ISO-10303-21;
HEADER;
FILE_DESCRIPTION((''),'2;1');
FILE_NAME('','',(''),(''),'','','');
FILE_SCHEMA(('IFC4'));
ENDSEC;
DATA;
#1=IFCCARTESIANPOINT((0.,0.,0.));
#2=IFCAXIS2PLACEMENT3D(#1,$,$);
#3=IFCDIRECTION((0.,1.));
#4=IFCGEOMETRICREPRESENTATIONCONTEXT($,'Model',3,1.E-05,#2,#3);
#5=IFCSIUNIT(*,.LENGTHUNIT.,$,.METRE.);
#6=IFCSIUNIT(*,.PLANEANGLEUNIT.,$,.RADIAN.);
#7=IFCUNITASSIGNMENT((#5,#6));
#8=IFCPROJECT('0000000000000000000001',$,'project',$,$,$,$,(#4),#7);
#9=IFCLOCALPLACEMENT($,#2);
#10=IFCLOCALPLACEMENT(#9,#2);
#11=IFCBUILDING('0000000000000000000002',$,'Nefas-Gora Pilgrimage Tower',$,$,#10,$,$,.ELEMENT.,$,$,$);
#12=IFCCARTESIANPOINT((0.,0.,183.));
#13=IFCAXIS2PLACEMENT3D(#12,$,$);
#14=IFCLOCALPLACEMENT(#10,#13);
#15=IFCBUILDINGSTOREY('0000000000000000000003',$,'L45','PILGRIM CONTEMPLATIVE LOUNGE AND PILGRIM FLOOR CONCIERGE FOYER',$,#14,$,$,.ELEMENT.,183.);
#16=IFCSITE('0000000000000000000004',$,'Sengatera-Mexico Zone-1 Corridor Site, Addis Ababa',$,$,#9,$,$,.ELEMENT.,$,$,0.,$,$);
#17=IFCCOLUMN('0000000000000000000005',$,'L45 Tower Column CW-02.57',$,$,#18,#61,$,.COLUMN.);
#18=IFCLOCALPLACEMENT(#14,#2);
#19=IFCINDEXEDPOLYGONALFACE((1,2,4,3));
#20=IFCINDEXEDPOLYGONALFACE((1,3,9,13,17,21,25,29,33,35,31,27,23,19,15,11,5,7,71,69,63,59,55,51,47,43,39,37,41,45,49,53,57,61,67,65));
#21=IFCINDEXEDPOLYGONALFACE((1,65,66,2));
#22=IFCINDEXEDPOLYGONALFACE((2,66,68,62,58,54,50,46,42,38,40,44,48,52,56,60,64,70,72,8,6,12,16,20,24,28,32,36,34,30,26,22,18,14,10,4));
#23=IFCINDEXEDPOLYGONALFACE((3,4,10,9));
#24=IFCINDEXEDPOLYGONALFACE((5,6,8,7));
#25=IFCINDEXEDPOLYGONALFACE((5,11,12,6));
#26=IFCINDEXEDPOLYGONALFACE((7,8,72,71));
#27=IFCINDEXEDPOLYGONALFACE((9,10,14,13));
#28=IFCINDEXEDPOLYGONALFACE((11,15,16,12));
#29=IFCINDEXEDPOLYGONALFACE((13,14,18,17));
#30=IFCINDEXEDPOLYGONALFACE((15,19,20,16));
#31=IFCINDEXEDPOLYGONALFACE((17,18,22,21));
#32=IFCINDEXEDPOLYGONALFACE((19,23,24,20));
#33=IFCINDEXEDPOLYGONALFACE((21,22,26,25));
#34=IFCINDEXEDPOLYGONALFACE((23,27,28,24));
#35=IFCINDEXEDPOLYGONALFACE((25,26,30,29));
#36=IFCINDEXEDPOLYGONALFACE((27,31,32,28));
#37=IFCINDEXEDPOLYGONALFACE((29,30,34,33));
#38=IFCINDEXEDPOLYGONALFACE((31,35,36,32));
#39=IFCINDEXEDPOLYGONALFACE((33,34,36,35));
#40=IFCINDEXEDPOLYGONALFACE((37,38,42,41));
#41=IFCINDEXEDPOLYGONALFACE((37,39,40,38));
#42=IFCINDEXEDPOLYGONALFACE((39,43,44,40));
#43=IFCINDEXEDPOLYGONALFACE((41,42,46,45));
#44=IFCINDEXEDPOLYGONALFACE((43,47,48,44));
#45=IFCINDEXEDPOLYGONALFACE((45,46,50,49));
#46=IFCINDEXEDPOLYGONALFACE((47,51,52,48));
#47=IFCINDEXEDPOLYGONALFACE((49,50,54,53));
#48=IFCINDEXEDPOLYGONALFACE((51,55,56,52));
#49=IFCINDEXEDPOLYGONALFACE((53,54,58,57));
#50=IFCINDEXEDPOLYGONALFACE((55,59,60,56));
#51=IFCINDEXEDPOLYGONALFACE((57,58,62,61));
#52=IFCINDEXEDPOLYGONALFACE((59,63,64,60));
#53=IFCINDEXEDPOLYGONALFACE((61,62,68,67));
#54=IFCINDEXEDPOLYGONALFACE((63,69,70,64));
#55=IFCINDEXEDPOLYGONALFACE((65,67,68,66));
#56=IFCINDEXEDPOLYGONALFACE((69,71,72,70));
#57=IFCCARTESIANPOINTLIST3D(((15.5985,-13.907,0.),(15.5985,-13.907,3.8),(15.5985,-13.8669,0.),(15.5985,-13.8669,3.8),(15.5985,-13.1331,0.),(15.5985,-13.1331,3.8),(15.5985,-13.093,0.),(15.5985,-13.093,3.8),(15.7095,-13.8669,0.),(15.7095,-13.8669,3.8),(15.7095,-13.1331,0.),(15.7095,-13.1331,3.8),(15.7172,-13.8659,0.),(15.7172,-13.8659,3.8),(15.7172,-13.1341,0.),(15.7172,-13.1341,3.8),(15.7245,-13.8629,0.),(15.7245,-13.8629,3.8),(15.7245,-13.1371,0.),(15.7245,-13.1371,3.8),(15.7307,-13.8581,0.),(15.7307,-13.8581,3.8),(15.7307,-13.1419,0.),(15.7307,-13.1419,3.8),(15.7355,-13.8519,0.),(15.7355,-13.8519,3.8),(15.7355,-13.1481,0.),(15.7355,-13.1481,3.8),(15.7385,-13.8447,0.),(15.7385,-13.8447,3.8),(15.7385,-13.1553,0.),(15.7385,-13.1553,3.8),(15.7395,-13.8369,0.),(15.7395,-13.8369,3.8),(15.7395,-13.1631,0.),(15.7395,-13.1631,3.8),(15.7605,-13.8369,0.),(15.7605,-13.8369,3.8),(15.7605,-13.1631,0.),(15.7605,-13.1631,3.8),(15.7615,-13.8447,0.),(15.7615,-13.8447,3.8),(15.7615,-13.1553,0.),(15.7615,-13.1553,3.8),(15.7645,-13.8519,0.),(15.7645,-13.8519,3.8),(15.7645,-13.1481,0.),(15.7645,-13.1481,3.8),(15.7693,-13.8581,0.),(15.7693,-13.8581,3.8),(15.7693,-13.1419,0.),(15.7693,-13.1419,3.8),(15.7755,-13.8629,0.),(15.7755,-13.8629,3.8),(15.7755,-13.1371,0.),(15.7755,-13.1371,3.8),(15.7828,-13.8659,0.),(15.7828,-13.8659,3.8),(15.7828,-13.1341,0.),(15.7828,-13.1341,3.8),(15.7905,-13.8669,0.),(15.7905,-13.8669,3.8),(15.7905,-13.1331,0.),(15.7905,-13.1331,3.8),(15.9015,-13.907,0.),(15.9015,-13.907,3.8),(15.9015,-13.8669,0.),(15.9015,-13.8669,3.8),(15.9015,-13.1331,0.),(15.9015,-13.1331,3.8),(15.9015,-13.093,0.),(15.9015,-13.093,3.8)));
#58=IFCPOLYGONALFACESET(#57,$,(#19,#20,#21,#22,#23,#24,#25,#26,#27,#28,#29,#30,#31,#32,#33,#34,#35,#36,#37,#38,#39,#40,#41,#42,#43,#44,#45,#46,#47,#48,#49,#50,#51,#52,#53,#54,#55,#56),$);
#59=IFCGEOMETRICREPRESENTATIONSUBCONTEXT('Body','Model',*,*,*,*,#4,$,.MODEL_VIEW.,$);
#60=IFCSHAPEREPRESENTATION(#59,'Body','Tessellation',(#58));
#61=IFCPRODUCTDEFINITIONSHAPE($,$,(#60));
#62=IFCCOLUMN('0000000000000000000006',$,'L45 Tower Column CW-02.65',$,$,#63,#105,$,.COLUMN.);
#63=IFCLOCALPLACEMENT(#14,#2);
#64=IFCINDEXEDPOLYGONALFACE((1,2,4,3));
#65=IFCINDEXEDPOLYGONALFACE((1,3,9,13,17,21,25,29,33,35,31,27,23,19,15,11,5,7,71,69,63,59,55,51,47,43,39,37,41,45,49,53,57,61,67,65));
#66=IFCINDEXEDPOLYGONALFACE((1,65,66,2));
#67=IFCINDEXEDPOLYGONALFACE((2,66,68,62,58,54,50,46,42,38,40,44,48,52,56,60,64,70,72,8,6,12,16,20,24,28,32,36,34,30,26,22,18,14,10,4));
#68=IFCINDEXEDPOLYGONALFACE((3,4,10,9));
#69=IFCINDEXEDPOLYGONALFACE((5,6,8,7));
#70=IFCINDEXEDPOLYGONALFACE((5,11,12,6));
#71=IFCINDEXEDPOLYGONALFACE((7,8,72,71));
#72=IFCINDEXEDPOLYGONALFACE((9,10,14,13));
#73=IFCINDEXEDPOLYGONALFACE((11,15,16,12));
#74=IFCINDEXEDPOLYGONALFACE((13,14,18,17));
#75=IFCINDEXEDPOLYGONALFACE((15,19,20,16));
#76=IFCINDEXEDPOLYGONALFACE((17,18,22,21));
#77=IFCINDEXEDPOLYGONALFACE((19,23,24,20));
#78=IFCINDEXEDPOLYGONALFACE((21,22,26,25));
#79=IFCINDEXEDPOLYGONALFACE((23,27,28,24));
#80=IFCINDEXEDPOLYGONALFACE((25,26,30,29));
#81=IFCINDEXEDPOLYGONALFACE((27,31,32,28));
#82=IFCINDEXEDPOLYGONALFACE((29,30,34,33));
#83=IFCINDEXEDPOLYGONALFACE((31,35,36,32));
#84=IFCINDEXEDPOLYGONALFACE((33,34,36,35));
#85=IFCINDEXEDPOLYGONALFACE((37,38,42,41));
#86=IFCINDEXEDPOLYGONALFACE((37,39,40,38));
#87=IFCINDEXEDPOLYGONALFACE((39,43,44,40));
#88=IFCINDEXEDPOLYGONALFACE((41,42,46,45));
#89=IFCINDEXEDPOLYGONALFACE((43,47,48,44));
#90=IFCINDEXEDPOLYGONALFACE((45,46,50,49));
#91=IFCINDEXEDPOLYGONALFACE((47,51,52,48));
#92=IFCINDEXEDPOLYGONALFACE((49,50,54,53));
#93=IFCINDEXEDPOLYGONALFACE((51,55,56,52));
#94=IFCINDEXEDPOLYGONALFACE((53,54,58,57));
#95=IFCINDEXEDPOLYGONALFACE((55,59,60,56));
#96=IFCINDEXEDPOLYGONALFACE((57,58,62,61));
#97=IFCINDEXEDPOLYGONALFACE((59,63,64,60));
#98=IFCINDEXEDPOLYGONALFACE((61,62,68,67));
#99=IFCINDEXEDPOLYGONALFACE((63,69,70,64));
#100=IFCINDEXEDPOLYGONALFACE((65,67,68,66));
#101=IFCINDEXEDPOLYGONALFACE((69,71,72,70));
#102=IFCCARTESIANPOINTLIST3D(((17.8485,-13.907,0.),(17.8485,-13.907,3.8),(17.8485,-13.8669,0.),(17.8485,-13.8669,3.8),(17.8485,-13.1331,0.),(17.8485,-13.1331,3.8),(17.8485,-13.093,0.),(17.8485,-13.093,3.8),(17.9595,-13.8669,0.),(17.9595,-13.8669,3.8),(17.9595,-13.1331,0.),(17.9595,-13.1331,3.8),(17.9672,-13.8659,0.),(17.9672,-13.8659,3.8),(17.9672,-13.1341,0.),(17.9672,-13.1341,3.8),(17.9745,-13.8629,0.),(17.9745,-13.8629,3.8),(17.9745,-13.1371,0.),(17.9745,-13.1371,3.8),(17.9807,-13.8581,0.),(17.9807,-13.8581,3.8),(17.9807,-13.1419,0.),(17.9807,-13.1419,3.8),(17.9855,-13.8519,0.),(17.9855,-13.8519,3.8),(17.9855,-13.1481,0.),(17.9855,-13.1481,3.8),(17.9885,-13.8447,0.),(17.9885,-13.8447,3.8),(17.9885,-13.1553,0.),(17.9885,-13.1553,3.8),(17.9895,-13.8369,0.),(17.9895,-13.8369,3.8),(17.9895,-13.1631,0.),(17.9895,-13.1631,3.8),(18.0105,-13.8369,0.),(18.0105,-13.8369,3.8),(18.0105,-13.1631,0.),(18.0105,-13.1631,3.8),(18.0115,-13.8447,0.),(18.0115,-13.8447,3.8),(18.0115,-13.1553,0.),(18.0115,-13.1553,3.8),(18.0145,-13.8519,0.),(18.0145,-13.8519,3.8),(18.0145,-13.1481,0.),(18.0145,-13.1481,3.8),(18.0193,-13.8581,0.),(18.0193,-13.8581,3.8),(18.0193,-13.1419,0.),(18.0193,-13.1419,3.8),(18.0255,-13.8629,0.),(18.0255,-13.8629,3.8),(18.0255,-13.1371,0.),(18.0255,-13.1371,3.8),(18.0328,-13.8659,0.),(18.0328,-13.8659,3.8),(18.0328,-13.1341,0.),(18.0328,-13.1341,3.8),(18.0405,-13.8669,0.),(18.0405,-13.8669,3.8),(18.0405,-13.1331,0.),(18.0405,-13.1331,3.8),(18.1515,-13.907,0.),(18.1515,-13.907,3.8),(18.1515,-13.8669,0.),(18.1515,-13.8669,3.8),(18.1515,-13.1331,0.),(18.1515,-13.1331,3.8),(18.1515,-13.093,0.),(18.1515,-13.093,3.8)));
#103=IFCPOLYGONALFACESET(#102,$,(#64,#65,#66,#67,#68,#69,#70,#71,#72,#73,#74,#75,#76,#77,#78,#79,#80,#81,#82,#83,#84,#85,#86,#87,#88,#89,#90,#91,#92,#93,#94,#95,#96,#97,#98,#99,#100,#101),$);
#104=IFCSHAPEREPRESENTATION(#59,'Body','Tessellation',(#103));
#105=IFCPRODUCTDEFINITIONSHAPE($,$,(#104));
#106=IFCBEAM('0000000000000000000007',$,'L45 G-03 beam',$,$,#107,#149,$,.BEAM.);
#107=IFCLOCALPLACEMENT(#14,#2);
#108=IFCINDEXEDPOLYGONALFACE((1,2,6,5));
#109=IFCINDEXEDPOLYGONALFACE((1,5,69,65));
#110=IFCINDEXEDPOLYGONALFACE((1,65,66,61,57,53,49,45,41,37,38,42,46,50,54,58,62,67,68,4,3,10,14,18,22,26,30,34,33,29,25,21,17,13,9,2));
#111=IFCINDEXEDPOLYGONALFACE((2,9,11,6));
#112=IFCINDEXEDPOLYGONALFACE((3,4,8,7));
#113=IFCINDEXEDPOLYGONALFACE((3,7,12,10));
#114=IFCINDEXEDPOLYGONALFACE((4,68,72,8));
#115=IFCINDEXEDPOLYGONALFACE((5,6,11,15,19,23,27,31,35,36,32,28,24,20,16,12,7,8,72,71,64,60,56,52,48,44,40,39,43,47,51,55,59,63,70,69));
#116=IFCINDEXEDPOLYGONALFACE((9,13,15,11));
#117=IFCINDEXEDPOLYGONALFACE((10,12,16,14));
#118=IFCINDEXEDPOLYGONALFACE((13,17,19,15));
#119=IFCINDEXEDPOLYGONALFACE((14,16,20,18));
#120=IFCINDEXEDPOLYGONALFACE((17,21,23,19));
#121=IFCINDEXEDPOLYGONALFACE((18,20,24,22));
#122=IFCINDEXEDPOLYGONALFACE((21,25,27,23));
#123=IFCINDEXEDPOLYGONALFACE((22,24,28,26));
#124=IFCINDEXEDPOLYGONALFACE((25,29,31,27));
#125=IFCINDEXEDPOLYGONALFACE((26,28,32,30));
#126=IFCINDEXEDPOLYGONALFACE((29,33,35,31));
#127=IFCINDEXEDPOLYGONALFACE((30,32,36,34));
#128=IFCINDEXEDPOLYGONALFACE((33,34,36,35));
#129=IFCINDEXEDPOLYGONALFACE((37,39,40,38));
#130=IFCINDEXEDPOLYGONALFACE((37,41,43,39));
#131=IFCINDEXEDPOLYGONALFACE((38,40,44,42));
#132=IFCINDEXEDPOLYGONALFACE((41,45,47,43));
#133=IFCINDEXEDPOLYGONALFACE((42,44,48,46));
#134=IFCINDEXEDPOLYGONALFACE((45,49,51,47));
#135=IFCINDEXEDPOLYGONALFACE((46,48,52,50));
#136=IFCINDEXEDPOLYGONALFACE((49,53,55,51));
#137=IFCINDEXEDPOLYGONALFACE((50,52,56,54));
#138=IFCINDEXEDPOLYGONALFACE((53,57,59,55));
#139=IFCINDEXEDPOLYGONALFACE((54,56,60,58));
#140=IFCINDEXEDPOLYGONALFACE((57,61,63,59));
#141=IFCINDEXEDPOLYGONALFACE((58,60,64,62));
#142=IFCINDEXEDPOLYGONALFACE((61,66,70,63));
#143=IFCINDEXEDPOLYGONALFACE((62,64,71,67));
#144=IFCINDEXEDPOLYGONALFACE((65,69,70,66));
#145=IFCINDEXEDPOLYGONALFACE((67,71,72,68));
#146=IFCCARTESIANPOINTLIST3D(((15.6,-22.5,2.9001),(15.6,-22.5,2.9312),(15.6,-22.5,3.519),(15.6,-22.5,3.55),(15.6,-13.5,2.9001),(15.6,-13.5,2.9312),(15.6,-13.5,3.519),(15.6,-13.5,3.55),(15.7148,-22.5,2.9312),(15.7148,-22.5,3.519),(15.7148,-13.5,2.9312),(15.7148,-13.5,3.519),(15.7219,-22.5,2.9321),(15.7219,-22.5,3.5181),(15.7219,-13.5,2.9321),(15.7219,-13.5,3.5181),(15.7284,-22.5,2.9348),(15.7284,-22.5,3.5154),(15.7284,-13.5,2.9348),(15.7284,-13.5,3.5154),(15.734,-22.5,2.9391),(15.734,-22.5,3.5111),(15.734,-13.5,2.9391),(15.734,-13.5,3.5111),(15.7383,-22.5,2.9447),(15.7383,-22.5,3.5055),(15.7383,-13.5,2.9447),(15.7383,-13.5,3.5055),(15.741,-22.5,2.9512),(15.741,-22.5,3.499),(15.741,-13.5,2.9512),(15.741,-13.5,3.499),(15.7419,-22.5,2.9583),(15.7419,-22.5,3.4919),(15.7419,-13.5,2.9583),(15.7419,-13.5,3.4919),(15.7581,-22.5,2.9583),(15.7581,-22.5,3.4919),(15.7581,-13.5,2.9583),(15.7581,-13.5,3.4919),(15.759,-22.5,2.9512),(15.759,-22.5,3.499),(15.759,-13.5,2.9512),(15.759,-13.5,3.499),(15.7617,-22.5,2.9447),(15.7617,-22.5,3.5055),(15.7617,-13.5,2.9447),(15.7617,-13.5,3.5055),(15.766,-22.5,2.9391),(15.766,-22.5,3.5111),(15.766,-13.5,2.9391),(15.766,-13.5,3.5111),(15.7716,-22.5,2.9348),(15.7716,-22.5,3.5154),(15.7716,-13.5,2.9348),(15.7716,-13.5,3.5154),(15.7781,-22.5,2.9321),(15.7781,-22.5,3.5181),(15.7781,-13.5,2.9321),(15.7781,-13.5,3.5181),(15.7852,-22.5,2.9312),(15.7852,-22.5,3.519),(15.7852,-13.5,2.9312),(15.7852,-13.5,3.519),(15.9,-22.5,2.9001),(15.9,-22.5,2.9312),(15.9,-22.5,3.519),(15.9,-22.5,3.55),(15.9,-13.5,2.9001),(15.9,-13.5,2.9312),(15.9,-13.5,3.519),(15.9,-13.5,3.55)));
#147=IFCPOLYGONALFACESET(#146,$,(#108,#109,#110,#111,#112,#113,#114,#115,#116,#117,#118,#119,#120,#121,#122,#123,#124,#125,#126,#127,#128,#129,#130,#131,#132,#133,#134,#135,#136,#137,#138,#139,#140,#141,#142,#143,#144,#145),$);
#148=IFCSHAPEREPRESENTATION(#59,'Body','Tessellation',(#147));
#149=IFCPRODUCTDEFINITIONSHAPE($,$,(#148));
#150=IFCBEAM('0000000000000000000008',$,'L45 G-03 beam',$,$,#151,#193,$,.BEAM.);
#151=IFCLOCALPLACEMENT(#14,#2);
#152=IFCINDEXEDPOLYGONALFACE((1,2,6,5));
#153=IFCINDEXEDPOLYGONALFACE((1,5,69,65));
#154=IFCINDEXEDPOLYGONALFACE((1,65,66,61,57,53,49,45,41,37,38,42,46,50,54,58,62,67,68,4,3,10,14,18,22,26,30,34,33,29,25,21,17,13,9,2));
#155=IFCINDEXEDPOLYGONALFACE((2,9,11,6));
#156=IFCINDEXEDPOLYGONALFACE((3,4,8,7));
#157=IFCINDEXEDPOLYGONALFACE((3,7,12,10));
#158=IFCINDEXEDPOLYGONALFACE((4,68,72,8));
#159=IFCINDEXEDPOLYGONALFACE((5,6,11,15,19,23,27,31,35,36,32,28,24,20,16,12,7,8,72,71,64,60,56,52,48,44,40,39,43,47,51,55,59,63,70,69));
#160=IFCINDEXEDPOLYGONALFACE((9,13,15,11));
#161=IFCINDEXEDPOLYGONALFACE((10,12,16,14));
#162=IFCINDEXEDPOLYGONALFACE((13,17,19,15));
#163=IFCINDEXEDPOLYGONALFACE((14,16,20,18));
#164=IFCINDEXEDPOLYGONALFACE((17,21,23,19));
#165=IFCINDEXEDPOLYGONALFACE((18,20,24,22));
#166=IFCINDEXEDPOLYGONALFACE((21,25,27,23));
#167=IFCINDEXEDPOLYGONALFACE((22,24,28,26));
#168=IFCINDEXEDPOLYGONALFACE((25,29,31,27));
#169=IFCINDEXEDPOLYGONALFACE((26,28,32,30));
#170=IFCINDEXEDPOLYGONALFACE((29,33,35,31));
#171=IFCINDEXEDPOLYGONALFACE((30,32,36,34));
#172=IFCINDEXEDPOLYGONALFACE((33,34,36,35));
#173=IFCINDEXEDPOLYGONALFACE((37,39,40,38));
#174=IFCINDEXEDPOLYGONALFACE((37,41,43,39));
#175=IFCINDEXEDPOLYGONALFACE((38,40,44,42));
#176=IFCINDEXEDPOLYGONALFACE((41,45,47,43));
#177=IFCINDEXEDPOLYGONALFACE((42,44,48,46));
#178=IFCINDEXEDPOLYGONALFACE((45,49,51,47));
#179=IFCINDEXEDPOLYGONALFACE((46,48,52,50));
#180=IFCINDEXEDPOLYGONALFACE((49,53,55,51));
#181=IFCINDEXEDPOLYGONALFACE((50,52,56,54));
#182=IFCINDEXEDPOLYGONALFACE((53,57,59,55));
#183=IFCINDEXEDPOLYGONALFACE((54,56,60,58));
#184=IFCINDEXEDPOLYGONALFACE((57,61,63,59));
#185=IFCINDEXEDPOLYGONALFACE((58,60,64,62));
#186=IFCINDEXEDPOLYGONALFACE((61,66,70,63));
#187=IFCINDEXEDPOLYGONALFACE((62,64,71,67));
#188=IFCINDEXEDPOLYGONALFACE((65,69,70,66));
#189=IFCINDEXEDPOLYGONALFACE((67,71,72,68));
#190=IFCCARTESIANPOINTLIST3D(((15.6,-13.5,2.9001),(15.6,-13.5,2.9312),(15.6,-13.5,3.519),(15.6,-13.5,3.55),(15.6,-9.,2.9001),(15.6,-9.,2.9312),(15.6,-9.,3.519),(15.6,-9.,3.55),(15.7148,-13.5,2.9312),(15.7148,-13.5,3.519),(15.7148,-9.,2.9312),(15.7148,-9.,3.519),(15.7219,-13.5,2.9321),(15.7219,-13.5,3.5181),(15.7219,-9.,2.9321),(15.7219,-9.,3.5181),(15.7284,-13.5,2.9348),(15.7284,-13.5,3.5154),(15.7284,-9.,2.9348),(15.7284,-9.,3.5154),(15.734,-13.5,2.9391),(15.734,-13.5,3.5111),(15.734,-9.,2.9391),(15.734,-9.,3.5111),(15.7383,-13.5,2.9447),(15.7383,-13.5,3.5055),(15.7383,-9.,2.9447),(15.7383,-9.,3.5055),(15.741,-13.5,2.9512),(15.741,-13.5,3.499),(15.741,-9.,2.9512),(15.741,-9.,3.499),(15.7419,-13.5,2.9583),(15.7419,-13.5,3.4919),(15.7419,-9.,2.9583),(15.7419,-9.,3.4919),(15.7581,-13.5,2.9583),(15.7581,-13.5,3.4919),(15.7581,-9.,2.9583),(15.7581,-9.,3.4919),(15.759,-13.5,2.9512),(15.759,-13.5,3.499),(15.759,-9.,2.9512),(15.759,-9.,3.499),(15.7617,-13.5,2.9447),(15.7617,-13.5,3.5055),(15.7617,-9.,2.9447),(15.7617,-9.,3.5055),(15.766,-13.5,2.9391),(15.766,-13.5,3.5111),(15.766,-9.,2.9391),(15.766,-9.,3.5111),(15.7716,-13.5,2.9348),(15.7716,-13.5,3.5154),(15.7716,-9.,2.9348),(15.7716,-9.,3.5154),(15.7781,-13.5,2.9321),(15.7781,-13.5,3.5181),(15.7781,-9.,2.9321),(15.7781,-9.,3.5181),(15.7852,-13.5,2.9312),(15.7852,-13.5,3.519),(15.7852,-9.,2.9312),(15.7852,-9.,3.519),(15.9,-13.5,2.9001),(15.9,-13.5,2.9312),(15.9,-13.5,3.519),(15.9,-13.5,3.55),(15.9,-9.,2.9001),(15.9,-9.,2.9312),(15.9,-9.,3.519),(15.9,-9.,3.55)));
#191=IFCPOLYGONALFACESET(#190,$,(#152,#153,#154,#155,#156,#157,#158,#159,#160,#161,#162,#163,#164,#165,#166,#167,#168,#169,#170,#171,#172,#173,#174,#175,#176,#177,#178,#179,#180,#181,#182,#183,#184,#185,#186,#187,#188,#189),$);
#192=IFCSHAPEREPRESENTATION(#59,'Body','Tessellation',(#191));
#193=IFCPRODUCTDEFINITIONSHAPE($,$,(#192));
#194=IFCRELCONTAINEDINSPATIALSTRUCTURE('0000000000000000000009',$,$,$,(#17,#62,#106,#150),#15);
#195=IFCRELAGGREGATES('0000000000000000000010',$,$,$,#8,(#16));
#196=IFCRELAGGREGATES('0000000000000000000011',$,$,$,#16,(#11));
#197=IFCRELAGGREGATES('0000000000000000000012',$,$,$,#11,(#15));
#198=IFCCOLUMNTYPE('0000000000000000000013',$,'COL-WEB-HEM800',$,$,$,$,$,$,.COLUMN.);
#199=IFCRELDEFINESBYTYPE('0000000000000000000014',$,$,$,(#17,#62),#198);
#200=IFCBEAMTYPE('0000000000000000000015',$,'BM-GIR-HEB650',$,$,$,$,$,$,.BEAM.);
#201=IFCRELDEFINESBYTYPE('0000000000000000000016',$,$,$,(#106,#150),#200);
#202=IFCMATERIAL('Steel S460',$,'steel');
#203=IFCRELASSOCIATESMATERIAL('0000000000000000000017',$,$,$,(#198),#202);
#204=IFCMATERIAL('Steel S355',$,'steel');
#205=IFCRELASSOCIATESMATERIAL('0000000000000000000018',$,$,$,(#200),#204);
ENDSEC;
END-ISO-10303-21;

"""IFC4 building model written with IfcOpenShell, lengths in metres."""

from ifc_helpers import new_model, si_unit, direction, frame, origin, origin_2d, place, context, subcontext, project, spatial, i_section, extrude, source, transform, mapped, material, material_profile, profile_set, type_object, element, save


model = new_model("IFC4")

# Units and contexts
model_context = context("Model", 3, precision=1e-05, world=origin(), true_north=direction((0.0, 1.0)))
body_context = subcontext(model_context, "Body", "Model", "MODEL_VIEW")
ifc_project = project(units=[si_unit("LENGTHUNIT", "METRE"), si_unit("PLANEANGLEUNIT", "RADIAN")], contexts=[model_context])

# Site, building, storey
site_placement = place(None, origin())
site = spatial("IfcSite", under=ifc_project, at=site_placement, Name="Sengatera-Mexico Zone-1 Corridor Site, Addis Ababa", CompositionType="ELEMENT", RefElevation=0.0)
building_placement = place(site_placement, origin())
building = spatial("IfcBuilding", under=site, at=building_placement, Name="Nefas-Gora Pilgrimage Tower", CompositionType="ELEMENT")
storey_placement = place(building_placement, frame((0.0, 0.0, 183.0)))
storey = spatial("IfcBuildingStorey", under=building, at=storey_placement, Name="L45", Description="PILGRIM CONTEMPLATIVE LOUNGE AND PILGRIM FLOOR CONCIERGE FOYER", CompositionType="ELEMENT", Elevation=183.0)

# Columns
ifc_material_1 = material(Name="Steel S460", Category="steel")
ifc_material_profile_1 = material_profile(ifc_material_1, i_section(OverallWidth=0.303, OverallDepth=0.814, WebThickness=0.021, FlangeThickness=0.04, FilletRadius=0.03, at=origin_2d()), Name="HEM 800")
ifc_profile_set_1 = profile_set([ifc_material_profile_1], Name="Steel S460")
column_type_1 = type_object("IfcColumnType", Name="COL-WEB-HEM800", PredefinedType="COLUMN", material=ifc_profile_set_1)
shared_shape_1 = source(origin(), body_context, "Body", "SweptSolid", [
    extrude(i_section(OverallWidth=0.303, OverallDepth=0.814, WebThickness=0.021, FlangeThickness=0.04, FilletRadius=0.03, at=origin_2d()), origin(), (0.0, 0.0, 1.0), 3.8),
])
for number, where, z_axis, x_axis, name in (
    (1, (15.75, -13.5, 0.0), (0.0, 0.0, 1.0), (1.0, 0.0, 0.0), "L45 Tower Column CW-02.57"),
    (2, (18.0, -13.5, 0.0), (0.0, 0.0, 1.0), (1.0, 0.0, 0.0), "L45 Tower Column CW-02.65"),
):
    element("IfcColumn", number, at=place(storey_placement, frame(where, z_axis=z_axis, x_axis=x_axis)), inside=storey, type_object=column_type_1, Name=name, PredefinedType="COLUMN", context=body_context, shape_type="MappedRepresentation", body=[
        mapped(shared_shape_1, transform((0.0, 0.0, 0.0), x_axis=(1.0, 0.0, 0.0), y_axis=(0.0, 1.0, 0.0), z_axis=(0.0, 0.0, 1.0), scale=1.0)),
    ])

# Beams
ifc_material_2 = material(Name="Steel S355", Category="steel")
ifc_material_profile_2 = material_profile(ifc_material_2, i_section(OverallWidth=0.3, OverallDepth=0.6499, WebThickness=0.0161, FlangeThickness=0.031, FilletRadius=0.0271, at=origin_2d()), Name="HEB 650")
ifc_profile_set_2 = profile_set([ifc_material_profile_2], Name="Steel S355")
beam_type_1 = type_object("IfcBeamType", Name="BM-GIR-HEB650", PredefinedType="BEAM", material=ifc_profile_set_2)
shared_shape_2 = source(origin(), body_context, "Body", "SweptSolid", [
    extrude(i_section(OverallWidth=0.3, OverallDepth=0.6499, WebThickness=0.0161, FlangeThickness=0.031, FilletRadius=0.0271, at=origin_2d()), origin(), (0.0, 0.0, 1.0), 9.0),
])
beam_1_placement = place(storey_placement, frame((15.75, -22.5, 3.2251), z_axis=(0.0, 1.0, 0.0), x_axis=(-1.0, 0.0, 0.0)))
element("IfcBeam", 3, at=beam_1_placement, inside=storey, type_object=beam_type_1, Name="L45 G-03 beam", PredefinedType="BEAM", context=body_context, shape_type="MappedRepresentation", body=[
    mapped(shared_shape_2, transform((0.0, 0.0, 0.0), x_axis=(1.0, 0.0, 0.0), y_axis=(0.0, 1.0, 0.0), z_axis=(0.0, 0.0, 1.0), scale=1.0)),
])
shared_shape_3 = source(origin(), body_context, "Body", "SweptSolid", [
    extrude(i_section(OverallWidth=0.3, OverallDepth=0.6499, WebThickness=0.0161, FlangeThickness=0.031, FilletRadius=0.0271, at=origin_2d()), origin(), (0.0, 0.0, 1.0), 4.5),
])
for number, where, z_axis, x_axis, name in (
    (4, (15.75, -13.5, 3.2251), (0.0, 1.0, 0.0), (-1.0, 0.0, 0.0), "L45 G-03 beam"),
):
    element("IfcBeam", number, at=place(storey_placement, frame(where, z_axis=z_axis, x_axis=x_axis)), inside=storey, type_object=beam_type_1, Name=name, PredefinedType="BEAM", context=body_context, shape_type="MappedRepresentation", body=[
        mapped(shared_shape_3, transform((0.0, 0.0, 0.0), x_axis=(1.0, 0.0, 0.0), y_axis=(0.0, 1.0, 0.0), z_axis=(0.0, 0.0, 1.0), scale=1.0)),
    ])

save(model, "model.ifc")
